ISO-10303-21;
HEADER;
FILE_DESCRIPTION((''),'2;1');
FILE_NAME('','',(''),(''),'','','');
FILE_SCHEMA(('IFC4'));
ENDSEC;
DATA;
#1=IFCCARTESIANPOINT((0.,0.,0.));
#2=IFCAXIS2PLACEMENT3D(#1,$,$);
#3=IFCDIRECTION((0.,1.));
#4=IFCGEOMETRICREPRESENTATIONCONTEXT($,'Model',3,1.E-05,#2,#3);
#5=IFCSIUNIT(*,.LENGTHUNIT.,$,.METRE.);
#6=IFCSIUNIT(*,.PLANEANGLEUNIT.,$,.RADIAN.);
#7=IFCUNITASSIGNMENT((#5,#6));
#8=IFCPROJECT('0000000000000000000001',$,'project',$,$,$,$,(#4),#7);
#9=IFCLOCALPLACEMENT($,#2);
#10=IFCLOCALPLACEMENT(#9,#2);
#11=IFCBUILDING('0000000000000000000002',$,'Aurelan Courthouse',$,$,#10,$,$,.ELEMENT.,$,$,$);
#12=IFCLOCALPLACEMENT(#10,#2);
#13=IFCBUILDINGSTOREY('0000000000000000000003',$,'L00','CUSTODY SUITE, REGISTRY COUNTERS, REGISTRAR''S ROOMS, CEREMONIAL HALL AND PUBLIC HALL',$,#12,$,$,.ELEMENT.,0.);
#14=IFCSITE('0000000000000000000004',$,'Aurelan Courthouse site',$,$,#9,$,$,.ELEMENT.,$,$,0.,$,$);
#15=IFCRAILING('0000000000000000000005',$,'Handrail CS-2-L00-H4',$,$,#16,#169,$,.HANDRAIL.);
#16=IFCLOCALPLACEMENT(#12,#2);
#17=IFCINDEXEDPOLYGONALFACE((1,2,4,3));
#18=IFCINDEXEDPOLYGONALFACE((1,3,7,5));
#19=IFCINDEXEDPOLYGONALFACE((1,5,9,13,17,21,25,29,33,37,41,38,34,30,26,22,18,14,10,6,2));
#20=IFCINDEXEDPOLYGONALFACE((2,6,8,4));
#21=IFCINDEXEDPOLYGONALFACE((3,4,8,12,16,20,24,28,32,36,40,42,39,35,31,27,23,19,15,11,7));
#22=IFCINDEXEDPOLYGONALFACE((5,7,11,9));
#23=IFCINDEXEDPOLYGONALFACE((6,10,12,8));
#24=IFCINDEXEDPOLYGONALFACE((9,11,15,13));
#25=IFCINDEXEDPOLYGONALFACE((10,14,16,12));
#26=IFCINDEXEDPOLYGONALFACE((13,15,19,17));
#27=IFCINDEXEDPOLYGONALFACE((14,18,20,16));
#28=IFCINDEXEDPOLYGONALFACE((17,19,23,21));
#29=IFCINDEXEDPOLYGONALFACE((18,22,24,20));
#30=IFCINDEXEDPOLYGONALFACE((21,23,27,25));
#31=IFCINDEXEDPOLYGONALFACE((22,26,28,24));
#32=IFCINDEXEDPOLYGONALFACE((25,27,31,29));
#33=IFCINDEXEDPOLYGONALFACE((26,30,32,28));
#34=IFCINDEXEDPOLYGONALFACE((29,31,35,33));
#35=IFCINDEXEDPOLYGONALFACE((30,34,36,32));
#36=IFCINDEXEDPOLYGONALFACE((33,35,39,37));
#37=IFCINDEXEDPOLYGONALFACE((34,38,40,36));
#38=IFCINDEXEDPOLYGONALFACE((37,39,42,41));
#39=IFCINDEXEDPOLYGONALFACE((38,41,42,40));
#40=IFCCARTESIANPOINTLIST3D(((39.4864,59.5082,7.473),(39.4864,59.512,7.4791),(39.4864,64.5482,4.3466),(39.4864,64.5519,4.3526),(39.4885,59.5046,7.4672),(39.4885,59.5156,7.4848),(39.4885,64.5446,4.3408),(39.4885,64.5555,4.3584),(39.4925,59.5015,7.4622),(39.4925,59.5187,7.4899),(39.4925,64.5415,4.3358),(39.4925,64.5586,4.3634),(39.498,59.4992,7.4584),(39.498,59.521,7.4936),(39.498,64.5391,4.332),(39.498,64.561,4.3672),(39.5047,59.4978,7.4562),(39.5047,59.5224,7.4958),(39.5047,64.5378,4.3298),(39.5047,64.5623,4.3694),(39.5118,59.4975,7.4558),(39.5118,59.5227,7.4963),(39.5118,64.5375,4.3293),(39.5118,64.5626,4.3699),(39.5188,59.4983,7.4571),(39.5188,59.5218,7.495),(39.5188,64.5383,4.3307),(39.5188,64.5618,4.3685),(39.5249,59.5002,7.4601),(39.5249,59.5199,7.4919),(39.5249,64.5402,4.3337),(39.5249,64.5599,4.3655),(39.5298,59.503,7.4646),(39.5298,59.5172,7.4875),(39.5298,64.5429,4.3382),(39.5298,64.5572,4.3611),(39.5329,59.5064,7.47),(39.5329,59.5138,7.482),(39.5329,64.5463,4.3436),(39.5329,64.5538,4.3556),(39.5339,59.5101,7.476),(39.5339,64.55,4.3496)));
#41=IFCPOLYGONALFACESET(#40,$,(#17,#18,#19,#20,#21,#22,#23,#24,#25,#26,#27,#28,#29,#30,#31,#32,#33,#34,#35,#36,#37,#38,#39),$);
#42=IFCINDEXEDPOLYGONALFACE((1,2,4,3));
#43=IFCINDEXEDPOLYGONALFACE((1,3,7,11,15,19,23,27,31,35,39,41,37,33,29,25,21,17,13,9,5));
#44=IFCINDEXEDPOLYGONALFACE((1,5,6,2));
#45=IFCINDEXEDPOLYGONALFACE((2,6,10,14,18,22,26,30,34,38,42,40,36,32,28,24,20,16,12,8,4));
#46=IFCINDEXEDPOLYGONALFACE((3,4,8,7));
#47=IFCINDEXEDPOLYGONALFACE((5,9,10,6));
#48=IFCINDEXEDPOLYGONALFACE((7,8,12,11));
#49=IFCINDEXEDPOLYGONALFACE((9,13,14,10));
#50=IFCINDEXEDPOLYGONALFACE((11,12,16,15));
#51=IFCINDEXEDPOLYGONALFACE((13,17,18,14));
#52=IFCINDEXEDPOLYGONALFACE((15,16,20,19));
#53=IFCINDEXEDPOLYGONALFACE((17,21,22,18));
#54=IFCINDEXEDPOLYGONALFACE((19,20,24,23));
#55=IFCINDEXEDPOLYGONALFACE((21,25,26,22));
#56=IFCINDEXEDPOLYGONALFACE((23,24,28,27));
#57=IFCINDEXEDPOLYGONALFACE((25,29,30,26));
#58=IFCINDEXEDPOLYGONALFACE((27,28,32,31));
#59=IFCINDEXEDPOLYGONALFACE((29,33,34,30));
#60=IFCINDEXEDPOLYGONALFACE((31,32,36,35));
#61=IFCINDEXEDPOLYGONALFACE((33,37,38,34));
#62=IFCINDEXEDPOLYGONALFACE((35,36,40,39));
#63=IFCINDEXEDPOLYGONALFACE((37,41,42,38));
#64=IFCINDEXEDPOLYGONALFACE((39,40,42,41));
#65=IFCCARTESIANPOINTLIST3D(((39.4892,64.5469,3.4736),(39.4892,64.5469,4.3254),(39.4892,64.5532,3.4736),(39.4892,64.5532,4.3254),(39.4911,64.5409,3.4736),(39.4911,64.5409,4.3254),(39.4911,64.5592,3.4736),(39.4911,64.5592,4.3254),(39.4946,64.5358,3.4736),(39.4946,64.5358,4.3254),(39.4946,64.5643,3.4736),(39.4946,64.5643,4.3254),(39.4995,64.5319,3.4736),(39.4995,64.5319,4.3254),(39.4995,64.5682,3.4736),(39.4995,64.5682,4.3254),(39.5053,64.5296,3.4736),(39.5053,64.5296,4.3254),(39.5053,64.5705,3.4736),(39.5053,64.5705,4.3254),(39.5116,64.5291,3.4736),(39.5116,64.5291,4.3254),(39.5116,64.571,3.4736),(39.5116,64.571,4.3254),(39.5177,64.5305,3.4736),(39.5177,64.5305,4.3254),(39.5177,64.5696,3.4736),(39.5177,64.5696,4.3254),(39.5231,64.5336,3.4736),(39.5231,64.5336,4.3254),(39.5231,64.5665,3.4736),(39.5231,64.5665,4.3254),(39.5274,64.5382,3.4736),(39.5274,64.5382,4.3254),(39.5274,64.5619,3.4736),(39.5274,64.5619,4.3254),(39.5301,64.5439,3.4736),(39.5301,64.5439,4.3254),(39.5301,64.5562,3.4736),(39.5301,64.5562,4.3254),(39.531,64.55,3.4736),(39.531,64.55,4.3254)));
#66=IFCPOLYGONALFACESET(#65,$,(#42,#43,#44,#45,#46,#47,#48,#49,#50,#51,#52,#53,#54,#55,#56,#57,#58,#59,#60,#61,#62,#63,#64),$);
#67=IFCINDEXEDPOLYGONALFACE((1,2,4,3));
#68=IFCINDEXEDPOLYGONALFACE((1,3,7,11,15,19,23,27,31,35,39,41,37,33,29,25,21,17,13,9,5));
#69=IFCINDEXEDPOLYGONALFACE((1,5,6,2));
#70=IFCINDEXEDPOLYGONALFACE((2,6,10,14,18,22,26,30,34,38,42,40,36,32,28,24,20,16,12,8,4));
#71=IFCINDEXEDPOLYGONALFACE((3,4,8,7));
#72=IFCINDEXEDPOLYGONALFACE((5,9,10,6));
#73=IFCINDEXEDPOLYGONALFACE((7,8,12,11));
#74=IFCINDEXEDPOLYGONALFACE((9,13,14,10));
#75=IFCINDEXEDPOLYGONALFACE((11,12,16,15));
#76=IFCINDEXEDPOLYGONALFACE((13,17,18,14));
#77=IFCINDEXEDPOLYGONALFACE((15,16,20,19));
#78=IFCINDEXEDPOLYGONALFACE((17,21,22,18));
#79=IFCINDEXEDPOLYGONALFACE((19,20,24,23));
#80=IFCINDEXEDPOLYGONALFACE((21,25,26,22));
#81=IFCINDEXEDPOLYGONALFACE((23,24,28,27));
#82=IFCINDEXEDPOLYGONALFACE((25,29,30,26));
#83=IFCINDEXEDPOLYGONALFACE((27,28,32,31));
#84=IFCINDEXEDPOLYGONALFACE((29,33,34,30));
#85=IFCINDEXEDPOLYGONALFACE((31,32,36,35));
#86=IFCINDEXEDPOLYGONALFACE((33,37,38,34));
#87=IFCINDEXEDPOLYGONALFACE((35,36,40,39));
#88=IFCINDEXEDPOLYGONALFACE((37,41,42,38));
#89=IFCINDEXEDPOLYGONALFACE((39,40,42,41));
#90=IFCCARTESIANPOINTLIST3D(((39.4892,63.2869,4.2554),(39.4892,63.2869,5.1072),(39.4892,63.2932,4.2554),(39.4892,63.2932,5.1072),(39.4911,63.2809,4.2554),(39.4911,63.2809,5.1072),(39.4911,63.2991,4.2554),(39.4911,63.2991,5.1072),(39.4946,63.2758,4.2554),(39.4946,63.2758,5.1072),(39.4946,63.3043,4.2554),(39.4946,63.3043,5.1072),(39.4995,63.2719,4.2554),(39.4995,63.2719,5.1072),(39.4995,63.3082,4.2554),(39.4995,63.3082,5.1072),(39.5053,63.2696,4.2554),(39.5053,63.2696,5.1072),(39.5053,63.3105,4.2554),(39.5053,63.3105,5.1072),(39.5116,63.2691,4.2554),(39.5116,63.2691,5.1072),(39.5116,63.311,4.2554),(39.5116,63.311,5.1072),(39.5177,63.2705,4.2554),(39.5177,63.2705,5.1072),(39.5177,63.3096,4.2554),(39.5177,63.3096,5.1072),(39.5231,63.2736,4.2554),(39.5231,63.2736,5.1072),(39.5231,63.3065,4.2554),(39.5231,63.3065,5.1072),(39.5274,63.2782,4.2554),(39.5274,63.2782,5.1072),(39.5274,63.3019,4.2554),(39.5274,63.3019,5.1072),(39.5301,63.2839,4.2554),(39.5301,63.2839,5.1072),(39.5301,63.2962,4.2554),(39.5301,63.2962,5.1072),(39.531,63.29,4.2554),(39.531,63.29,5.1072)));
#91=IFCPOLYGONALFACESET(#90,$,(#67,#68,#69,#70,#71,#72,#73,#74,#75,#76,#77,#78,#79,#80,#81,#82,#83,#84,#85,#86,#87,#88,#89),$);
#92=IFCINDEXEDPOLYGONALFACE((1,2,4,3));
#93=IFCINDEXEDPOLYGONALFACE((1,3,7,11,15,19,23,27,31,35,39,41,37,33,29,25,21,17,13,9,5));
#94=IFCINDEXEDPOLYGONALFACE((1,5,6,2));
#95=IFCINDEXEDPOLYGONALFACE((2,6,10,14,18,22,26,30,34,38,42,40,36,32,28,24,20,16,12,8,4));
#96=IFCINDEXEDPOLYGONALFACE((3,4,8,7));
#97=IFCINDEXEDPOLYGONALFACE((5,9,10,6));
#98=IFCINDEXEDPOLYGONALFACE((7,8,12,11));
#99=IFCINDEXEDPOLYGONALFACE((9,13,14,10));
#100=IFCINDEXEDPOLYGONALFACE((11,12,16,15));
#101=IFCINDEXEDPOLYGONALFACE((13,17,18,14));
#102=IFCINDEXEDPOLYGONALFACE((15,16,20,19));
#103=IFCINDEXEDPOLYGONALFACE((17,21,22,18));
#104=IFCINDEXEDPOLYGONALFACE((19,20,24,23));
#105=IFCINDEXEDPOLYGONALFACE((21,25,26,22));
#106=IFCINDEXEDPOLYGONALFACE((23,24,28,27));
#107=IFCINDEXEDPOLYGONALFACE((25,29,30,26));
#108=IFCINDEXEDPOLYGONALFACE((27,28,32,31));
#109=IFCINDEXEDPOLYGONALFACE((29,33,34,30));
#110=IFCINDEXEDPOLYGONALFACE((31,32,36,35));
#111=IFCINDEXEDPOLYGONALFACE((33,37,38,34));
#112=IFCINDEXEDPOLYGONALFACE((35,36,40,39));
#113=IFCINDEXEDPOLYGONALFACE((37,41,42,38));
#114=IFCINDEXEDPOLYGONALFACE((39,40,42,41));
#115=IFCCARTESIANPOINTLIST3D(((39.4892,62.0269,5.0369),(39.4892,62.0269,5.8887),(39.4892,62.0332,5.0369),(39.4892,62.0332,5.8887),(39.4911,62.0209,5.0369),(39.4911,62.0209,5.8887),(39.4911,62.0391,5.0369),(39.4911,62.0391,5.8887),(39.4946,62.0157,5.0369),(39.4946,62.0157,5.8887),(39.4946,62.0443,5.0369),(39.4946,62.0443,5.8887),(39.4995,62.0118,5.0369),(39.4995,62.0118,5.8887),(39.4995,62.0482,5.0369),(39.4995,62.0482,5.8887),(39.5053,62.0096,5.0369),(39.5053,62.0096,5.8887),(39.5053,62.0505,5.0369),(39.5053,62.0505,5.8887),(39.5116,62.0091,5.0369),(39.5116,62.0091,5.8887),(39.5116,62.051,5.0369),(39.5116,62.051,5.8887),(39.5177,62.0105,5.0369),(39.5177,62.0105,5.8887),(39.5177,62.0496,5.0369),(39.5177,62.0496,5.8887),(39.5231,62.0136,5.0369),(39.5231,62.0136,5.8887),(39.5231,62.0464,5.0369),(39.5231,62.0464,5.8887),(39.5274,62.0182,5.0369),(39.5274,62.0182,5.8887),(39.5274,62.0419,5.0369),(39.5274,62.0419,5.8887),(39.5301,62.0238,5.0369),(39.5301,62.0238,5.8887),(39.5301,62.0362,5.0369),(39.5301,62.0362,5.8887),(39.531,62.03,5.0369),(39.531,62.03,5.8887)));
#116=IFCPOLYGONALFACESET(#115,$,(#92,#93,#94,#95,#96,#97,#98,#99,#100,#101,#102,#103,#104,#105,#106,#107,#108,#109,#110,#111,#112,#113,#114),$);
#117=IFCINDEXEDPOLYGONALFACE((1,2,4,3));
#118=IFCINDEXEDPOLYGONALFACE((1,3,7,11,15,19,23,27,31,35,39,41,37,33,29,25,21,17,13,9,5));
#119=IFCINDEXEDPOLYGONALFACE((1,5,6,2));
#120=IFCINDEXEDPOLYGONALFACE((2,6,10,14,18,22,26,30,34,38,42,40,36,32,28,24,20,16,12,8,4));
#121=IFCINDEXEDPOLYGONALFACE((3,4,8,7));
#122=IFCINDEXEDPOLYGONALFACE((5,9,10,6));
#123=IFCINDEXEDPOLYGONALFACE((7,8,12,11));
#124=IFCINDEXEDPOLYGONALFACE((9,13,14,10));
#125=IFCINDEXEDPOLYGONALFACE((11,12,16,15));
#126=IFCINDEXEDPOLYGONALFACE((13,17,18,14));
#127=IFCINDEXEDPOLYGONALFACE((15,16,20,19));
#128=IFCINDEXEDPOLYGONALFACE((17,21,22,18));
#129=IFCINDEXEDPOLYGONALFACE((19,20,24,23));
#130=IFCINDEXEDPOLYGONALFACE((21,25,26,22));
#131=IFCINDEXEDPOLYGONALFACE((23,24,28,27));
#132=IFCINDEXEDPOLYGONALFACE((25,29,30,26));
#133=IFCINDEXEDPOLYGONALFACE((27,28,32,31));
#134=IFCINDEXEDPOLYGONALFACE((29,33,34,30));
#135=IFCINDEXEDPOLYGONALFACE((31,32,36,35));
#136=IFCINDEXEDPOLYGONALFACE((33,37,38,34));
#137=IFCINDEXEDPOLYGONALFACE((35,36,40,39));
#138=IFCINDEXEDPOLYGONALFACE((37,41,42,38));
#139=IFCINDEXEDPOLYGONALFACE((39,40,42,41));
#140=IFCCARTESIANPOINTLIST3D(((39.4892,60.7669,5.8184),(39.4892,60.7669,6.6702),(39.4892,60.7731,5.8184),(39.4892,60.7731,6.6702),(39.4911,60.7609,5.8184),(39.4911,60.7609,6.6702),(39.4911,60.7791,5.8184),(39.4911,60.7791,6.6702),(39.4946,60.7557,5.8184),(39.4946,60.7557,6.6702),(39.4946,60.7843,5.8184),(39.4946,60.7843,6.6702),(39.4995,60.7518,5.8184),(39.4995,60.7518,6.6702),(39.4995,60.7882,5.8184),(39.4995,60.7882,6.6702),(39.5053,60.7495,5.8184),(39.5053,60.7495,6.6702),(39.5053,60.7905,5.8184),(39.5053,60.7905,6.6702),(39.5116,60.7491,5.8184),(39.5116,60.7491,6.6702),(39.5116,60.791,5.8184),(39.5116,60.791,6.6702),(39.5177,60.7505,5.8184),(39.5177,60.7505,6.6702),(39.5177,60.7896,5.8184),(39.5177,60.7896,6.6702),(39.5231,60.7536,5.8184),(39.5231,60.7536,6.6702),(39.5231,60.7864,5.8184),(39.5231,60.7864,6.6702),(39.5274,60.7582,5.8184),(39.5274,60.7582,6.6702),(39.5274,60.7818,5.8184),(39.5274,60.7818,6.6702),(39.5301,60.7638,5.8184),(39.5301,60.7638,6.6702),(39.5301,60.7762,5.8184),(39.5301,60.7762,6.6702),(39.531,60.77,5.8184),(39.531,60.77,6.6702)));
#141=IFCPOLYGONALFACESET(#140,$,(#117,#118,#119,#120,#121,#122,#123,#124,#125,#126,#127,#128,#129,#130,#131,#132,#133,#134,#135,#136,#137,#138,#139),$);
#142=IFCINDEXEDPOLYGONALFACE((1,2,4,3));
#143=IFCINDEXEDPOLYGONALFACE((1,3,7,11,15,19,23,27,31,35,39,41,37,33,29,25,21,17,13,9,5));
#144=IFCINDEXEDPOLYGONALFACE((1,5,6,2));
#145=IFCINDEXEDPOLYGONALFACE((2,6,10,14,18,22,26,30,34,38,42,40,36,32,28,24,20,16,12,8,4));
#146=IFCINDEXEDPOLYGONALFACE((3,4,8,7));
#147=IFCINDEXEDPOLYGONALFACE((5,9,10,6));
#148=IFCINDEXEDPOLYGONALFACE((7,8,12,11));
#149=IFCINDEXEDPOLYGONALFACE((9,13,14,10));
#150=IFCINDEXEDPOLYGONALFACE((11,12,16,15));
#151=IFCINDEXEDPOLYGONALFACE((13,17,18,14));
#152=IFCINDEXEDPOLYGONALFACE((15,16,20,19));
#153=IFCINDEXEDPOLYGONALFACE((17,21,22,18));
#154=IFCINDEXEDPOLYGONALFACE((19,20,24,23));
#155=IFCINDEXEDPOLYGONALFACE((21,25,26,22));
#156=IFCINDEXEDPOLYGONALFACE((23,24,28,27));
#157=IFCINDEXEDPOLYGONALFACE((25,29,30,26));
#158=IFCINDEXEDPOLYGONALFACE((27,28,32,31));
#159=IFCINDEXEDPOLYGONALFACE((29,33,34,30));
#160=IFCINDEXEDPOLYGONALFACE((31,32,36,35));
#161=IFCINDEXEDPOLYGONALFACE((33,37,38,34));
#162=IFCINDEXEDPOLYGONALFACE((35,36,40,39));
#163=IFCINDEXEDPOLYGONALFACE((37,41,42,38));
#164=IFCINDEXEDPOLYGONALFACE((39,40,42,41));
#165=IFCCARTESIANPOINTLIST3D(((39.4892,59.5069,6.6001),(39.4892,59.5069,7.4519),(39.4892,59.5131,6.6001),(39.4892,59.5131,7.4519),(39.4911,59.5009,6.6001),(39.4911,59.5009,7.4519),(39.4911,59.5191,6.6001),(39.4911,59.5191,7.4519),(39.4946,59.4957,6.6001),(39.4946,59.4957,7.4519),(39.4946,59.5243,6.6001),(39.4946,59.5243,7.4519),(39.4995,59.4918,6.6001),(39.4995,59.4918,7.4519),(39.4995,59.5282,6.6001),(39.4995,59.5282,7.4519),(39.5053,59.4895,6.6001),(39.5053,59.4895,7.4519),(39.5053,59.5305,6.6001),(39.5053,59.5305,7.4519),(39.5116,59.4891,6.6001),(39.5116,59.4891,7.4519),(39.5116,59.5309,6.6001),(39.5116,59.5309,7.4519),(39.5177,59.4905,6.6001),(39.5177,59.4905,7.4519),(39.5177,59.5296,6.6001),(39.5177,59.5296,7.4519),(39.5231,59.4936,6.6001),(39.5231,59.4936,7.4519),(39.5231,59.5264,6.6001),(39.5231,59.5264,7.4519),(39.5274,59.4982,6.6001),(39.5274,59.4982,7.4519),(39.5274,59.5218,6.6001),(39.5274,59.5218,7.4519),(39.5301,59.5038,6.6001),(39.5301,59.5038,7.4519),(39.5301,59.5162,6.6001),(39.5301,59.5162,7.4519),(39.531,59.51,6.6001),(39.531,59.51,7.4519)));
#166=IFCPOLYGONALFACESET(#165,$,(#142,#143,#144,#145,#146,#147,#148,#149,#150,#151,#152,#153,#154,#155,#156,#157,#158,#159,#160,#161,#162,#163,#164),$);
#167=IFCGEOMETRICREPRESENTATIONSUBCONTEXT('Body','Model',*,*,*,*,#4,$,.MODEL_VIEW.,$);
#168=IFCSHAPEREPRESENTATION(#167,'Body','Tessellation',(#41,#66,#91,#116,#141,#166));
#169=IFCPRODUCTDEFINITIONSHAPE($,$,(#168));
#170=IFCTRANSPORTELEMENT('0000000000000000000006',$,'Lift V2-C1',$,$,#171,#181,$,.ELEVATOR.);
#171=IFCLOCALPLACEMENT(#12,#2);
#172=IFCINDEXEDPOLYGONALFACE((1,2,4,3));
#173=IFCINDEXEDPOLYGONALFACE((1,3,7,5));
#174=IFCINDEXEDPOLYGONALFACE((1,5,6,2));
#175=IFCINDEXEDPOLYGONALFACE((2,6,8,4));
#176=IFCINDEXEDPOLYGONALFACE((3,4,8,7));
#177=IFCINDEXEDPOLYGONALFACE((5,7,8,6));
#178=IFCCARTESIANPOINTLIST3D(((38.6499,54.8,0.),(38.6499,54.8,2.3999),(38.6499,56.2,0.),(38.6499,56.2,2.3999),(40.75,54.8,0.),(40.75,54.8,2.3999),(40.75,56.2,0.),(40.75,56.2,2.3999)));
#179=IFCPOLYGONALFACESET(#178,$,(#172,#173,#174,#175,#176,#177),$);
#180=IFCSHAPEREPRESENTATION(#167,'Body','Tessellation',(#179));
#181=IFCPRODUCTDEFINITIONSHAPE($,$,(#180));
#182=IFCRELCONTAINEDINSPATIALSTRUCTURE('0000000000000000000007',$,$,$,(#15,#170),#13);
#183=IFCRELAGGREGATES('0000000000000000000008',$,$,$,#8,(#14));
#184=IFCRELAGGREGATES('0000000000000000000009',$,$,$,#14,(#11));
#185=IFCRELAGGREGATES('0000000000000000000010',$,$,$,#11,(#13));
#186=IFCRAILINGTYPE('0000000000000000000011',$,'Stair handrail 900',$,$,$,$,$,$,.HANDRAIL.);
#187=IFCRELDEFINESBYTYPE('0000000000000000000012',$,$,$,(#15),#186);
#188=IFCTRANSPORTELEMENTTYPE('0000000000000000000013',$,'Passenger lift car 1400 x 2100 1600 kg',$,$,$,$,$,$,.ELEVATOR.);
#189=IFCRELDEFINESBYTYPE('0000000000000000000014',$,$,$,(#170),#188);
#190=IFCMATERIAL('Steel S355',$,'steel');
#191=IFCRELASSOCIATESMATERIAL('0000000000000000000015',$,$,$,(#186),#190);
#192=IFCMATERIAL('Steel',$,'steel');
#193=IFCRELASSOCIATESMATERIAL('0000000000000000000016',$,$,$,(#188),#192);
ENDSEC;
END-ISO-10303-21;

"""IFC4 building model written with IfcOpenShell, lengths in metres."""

from ifc_helpers import new_model, si_unit, direction, frame, origin, origin_2d, place, context, subcontext, project, spatial, rectangle, circle, extrude, material, type_object, element, save


model = new_model("IFC4")

# Units and contexts
model_context = context("Model", 3, precision=1e-05, world=origin(), true_north=direction((0.0, 1.0)))
body_context = subcontext(model_context, "Body", "Model", "MODEL_VIEW")
ifc_project = project(units=[si_unit("LENGTHUNIT", "METRE"), si_unit("PLANEANGLEUNIT", "RADIAN")], contexts=[model_context])

# Site, building, storey
site_placement = place(None, origin())
site = spatial("IfcSite", under=ifc_project, at=site_placement, Name="Aurelan Courthouse site", CompositionType="ELEMENT", RefElevation=0.0)
building_placement = place(site_placement, origin())
building = spatial("IfcBuilding", under=site, at=building_placement, Name="Aurelan Courthouse", CompositionType="ELEMENT")
storey_placement = place(building_placement, origin())
storey = spatial("IfcBuildingStorey", under=building, at=storey_placement, Name="L00", Description="CUSTODY SUITE, REGISTRY COUNTERS, REGISTRAR'S ROOMS, CEREMONIAL HALL AND PUBLIC HALL", CompositionType="ELEMENT", Elevation=0.0)

# Shared definitions
ifc_material_1 = material(Name="Steel", Category="steel")

# Railing
ifc_material_2 = material(Name="Steel S355", Category="steel")
railing_type_1 = type_object("IfcRailingType", Name="Stair handrail 900", PredefinedType="HANDRAIL", material=ifc_material_2)
railing_1_placement = place(storey_placement, frame((39.51, 64.55, 3.4736)))
element("IfcRailing", 1, at=railing_1_placement, inside=storey, type_object=railing_type_1, Name="Handrail CS-2-L00-H4", PredefinedType="HANDRAIL", context=body_context, shape_type="SweptSolid", body=[
    extrude(circle(Radius=0.0239, at=origin_2d()), frame((0.0, 0.0, 0.876), z_axis=(0.0, -0.849779, 0.527139), x_axis=(1.0, 0.0, 0.0)), (0.0, 0.0, 1.0), 5.9309),
    extrude(circle(Radius=0.021, at=origin_2d()), origin(), (0.0, 0.0, 1.0), 0.8518),
    extrude(circle(Radius=0.021, at=origin_2d()), frame((0.0, -1.26, 0.7817)), (0.0, 0.0, 1.0), 0.8518),
    extrude(circle(Radius=0.021, at=origin_2d()), frame((0.0, -2.52, 1.5632)), (0.0, 0.0, 1.0), 0.8518),
    extrude(circle(Radius=0.021, at=origin_2d()), frame((0.0, -3.78, 2.3447)), (0.0, 0.0, 1.0), 0.8518),
    extrude(circle(Radius=0.021, at=origin_2d()), frame((0.0, -5.04, 3.1265)), (0.0, 0.0, 1.0), 0.8518),
])

# Transport element
transport_element_type = type_object("IfcTransportElementType", Name="Passenger lift car 1400 x 2100 1600 kg", PredefinedType="ELEVATOR", material=ifc_material_1)
transport_element_placement = place(storey_placement, frame((39.7, 55.5, 0.0), z_axis=(0.0, 0.0, 1.0), x_axis=(1.0, 0.0, 0.0)))
element("IfcTransportElement", 2, at=transport_element_placement, inside=storey, type_object=transport_element_type, Name="Lift V2-C1", PredefinedType="ELEVATOR", context=body_context, shape_type="SweptSolid", body=[
    extrude(rectangle(XDim=2.1001, YDim=1.3999, at=origin_2d()), origin(), (0.0, 0.0, 1.0), 2.3999),
])

save(model, "model.ifc")
